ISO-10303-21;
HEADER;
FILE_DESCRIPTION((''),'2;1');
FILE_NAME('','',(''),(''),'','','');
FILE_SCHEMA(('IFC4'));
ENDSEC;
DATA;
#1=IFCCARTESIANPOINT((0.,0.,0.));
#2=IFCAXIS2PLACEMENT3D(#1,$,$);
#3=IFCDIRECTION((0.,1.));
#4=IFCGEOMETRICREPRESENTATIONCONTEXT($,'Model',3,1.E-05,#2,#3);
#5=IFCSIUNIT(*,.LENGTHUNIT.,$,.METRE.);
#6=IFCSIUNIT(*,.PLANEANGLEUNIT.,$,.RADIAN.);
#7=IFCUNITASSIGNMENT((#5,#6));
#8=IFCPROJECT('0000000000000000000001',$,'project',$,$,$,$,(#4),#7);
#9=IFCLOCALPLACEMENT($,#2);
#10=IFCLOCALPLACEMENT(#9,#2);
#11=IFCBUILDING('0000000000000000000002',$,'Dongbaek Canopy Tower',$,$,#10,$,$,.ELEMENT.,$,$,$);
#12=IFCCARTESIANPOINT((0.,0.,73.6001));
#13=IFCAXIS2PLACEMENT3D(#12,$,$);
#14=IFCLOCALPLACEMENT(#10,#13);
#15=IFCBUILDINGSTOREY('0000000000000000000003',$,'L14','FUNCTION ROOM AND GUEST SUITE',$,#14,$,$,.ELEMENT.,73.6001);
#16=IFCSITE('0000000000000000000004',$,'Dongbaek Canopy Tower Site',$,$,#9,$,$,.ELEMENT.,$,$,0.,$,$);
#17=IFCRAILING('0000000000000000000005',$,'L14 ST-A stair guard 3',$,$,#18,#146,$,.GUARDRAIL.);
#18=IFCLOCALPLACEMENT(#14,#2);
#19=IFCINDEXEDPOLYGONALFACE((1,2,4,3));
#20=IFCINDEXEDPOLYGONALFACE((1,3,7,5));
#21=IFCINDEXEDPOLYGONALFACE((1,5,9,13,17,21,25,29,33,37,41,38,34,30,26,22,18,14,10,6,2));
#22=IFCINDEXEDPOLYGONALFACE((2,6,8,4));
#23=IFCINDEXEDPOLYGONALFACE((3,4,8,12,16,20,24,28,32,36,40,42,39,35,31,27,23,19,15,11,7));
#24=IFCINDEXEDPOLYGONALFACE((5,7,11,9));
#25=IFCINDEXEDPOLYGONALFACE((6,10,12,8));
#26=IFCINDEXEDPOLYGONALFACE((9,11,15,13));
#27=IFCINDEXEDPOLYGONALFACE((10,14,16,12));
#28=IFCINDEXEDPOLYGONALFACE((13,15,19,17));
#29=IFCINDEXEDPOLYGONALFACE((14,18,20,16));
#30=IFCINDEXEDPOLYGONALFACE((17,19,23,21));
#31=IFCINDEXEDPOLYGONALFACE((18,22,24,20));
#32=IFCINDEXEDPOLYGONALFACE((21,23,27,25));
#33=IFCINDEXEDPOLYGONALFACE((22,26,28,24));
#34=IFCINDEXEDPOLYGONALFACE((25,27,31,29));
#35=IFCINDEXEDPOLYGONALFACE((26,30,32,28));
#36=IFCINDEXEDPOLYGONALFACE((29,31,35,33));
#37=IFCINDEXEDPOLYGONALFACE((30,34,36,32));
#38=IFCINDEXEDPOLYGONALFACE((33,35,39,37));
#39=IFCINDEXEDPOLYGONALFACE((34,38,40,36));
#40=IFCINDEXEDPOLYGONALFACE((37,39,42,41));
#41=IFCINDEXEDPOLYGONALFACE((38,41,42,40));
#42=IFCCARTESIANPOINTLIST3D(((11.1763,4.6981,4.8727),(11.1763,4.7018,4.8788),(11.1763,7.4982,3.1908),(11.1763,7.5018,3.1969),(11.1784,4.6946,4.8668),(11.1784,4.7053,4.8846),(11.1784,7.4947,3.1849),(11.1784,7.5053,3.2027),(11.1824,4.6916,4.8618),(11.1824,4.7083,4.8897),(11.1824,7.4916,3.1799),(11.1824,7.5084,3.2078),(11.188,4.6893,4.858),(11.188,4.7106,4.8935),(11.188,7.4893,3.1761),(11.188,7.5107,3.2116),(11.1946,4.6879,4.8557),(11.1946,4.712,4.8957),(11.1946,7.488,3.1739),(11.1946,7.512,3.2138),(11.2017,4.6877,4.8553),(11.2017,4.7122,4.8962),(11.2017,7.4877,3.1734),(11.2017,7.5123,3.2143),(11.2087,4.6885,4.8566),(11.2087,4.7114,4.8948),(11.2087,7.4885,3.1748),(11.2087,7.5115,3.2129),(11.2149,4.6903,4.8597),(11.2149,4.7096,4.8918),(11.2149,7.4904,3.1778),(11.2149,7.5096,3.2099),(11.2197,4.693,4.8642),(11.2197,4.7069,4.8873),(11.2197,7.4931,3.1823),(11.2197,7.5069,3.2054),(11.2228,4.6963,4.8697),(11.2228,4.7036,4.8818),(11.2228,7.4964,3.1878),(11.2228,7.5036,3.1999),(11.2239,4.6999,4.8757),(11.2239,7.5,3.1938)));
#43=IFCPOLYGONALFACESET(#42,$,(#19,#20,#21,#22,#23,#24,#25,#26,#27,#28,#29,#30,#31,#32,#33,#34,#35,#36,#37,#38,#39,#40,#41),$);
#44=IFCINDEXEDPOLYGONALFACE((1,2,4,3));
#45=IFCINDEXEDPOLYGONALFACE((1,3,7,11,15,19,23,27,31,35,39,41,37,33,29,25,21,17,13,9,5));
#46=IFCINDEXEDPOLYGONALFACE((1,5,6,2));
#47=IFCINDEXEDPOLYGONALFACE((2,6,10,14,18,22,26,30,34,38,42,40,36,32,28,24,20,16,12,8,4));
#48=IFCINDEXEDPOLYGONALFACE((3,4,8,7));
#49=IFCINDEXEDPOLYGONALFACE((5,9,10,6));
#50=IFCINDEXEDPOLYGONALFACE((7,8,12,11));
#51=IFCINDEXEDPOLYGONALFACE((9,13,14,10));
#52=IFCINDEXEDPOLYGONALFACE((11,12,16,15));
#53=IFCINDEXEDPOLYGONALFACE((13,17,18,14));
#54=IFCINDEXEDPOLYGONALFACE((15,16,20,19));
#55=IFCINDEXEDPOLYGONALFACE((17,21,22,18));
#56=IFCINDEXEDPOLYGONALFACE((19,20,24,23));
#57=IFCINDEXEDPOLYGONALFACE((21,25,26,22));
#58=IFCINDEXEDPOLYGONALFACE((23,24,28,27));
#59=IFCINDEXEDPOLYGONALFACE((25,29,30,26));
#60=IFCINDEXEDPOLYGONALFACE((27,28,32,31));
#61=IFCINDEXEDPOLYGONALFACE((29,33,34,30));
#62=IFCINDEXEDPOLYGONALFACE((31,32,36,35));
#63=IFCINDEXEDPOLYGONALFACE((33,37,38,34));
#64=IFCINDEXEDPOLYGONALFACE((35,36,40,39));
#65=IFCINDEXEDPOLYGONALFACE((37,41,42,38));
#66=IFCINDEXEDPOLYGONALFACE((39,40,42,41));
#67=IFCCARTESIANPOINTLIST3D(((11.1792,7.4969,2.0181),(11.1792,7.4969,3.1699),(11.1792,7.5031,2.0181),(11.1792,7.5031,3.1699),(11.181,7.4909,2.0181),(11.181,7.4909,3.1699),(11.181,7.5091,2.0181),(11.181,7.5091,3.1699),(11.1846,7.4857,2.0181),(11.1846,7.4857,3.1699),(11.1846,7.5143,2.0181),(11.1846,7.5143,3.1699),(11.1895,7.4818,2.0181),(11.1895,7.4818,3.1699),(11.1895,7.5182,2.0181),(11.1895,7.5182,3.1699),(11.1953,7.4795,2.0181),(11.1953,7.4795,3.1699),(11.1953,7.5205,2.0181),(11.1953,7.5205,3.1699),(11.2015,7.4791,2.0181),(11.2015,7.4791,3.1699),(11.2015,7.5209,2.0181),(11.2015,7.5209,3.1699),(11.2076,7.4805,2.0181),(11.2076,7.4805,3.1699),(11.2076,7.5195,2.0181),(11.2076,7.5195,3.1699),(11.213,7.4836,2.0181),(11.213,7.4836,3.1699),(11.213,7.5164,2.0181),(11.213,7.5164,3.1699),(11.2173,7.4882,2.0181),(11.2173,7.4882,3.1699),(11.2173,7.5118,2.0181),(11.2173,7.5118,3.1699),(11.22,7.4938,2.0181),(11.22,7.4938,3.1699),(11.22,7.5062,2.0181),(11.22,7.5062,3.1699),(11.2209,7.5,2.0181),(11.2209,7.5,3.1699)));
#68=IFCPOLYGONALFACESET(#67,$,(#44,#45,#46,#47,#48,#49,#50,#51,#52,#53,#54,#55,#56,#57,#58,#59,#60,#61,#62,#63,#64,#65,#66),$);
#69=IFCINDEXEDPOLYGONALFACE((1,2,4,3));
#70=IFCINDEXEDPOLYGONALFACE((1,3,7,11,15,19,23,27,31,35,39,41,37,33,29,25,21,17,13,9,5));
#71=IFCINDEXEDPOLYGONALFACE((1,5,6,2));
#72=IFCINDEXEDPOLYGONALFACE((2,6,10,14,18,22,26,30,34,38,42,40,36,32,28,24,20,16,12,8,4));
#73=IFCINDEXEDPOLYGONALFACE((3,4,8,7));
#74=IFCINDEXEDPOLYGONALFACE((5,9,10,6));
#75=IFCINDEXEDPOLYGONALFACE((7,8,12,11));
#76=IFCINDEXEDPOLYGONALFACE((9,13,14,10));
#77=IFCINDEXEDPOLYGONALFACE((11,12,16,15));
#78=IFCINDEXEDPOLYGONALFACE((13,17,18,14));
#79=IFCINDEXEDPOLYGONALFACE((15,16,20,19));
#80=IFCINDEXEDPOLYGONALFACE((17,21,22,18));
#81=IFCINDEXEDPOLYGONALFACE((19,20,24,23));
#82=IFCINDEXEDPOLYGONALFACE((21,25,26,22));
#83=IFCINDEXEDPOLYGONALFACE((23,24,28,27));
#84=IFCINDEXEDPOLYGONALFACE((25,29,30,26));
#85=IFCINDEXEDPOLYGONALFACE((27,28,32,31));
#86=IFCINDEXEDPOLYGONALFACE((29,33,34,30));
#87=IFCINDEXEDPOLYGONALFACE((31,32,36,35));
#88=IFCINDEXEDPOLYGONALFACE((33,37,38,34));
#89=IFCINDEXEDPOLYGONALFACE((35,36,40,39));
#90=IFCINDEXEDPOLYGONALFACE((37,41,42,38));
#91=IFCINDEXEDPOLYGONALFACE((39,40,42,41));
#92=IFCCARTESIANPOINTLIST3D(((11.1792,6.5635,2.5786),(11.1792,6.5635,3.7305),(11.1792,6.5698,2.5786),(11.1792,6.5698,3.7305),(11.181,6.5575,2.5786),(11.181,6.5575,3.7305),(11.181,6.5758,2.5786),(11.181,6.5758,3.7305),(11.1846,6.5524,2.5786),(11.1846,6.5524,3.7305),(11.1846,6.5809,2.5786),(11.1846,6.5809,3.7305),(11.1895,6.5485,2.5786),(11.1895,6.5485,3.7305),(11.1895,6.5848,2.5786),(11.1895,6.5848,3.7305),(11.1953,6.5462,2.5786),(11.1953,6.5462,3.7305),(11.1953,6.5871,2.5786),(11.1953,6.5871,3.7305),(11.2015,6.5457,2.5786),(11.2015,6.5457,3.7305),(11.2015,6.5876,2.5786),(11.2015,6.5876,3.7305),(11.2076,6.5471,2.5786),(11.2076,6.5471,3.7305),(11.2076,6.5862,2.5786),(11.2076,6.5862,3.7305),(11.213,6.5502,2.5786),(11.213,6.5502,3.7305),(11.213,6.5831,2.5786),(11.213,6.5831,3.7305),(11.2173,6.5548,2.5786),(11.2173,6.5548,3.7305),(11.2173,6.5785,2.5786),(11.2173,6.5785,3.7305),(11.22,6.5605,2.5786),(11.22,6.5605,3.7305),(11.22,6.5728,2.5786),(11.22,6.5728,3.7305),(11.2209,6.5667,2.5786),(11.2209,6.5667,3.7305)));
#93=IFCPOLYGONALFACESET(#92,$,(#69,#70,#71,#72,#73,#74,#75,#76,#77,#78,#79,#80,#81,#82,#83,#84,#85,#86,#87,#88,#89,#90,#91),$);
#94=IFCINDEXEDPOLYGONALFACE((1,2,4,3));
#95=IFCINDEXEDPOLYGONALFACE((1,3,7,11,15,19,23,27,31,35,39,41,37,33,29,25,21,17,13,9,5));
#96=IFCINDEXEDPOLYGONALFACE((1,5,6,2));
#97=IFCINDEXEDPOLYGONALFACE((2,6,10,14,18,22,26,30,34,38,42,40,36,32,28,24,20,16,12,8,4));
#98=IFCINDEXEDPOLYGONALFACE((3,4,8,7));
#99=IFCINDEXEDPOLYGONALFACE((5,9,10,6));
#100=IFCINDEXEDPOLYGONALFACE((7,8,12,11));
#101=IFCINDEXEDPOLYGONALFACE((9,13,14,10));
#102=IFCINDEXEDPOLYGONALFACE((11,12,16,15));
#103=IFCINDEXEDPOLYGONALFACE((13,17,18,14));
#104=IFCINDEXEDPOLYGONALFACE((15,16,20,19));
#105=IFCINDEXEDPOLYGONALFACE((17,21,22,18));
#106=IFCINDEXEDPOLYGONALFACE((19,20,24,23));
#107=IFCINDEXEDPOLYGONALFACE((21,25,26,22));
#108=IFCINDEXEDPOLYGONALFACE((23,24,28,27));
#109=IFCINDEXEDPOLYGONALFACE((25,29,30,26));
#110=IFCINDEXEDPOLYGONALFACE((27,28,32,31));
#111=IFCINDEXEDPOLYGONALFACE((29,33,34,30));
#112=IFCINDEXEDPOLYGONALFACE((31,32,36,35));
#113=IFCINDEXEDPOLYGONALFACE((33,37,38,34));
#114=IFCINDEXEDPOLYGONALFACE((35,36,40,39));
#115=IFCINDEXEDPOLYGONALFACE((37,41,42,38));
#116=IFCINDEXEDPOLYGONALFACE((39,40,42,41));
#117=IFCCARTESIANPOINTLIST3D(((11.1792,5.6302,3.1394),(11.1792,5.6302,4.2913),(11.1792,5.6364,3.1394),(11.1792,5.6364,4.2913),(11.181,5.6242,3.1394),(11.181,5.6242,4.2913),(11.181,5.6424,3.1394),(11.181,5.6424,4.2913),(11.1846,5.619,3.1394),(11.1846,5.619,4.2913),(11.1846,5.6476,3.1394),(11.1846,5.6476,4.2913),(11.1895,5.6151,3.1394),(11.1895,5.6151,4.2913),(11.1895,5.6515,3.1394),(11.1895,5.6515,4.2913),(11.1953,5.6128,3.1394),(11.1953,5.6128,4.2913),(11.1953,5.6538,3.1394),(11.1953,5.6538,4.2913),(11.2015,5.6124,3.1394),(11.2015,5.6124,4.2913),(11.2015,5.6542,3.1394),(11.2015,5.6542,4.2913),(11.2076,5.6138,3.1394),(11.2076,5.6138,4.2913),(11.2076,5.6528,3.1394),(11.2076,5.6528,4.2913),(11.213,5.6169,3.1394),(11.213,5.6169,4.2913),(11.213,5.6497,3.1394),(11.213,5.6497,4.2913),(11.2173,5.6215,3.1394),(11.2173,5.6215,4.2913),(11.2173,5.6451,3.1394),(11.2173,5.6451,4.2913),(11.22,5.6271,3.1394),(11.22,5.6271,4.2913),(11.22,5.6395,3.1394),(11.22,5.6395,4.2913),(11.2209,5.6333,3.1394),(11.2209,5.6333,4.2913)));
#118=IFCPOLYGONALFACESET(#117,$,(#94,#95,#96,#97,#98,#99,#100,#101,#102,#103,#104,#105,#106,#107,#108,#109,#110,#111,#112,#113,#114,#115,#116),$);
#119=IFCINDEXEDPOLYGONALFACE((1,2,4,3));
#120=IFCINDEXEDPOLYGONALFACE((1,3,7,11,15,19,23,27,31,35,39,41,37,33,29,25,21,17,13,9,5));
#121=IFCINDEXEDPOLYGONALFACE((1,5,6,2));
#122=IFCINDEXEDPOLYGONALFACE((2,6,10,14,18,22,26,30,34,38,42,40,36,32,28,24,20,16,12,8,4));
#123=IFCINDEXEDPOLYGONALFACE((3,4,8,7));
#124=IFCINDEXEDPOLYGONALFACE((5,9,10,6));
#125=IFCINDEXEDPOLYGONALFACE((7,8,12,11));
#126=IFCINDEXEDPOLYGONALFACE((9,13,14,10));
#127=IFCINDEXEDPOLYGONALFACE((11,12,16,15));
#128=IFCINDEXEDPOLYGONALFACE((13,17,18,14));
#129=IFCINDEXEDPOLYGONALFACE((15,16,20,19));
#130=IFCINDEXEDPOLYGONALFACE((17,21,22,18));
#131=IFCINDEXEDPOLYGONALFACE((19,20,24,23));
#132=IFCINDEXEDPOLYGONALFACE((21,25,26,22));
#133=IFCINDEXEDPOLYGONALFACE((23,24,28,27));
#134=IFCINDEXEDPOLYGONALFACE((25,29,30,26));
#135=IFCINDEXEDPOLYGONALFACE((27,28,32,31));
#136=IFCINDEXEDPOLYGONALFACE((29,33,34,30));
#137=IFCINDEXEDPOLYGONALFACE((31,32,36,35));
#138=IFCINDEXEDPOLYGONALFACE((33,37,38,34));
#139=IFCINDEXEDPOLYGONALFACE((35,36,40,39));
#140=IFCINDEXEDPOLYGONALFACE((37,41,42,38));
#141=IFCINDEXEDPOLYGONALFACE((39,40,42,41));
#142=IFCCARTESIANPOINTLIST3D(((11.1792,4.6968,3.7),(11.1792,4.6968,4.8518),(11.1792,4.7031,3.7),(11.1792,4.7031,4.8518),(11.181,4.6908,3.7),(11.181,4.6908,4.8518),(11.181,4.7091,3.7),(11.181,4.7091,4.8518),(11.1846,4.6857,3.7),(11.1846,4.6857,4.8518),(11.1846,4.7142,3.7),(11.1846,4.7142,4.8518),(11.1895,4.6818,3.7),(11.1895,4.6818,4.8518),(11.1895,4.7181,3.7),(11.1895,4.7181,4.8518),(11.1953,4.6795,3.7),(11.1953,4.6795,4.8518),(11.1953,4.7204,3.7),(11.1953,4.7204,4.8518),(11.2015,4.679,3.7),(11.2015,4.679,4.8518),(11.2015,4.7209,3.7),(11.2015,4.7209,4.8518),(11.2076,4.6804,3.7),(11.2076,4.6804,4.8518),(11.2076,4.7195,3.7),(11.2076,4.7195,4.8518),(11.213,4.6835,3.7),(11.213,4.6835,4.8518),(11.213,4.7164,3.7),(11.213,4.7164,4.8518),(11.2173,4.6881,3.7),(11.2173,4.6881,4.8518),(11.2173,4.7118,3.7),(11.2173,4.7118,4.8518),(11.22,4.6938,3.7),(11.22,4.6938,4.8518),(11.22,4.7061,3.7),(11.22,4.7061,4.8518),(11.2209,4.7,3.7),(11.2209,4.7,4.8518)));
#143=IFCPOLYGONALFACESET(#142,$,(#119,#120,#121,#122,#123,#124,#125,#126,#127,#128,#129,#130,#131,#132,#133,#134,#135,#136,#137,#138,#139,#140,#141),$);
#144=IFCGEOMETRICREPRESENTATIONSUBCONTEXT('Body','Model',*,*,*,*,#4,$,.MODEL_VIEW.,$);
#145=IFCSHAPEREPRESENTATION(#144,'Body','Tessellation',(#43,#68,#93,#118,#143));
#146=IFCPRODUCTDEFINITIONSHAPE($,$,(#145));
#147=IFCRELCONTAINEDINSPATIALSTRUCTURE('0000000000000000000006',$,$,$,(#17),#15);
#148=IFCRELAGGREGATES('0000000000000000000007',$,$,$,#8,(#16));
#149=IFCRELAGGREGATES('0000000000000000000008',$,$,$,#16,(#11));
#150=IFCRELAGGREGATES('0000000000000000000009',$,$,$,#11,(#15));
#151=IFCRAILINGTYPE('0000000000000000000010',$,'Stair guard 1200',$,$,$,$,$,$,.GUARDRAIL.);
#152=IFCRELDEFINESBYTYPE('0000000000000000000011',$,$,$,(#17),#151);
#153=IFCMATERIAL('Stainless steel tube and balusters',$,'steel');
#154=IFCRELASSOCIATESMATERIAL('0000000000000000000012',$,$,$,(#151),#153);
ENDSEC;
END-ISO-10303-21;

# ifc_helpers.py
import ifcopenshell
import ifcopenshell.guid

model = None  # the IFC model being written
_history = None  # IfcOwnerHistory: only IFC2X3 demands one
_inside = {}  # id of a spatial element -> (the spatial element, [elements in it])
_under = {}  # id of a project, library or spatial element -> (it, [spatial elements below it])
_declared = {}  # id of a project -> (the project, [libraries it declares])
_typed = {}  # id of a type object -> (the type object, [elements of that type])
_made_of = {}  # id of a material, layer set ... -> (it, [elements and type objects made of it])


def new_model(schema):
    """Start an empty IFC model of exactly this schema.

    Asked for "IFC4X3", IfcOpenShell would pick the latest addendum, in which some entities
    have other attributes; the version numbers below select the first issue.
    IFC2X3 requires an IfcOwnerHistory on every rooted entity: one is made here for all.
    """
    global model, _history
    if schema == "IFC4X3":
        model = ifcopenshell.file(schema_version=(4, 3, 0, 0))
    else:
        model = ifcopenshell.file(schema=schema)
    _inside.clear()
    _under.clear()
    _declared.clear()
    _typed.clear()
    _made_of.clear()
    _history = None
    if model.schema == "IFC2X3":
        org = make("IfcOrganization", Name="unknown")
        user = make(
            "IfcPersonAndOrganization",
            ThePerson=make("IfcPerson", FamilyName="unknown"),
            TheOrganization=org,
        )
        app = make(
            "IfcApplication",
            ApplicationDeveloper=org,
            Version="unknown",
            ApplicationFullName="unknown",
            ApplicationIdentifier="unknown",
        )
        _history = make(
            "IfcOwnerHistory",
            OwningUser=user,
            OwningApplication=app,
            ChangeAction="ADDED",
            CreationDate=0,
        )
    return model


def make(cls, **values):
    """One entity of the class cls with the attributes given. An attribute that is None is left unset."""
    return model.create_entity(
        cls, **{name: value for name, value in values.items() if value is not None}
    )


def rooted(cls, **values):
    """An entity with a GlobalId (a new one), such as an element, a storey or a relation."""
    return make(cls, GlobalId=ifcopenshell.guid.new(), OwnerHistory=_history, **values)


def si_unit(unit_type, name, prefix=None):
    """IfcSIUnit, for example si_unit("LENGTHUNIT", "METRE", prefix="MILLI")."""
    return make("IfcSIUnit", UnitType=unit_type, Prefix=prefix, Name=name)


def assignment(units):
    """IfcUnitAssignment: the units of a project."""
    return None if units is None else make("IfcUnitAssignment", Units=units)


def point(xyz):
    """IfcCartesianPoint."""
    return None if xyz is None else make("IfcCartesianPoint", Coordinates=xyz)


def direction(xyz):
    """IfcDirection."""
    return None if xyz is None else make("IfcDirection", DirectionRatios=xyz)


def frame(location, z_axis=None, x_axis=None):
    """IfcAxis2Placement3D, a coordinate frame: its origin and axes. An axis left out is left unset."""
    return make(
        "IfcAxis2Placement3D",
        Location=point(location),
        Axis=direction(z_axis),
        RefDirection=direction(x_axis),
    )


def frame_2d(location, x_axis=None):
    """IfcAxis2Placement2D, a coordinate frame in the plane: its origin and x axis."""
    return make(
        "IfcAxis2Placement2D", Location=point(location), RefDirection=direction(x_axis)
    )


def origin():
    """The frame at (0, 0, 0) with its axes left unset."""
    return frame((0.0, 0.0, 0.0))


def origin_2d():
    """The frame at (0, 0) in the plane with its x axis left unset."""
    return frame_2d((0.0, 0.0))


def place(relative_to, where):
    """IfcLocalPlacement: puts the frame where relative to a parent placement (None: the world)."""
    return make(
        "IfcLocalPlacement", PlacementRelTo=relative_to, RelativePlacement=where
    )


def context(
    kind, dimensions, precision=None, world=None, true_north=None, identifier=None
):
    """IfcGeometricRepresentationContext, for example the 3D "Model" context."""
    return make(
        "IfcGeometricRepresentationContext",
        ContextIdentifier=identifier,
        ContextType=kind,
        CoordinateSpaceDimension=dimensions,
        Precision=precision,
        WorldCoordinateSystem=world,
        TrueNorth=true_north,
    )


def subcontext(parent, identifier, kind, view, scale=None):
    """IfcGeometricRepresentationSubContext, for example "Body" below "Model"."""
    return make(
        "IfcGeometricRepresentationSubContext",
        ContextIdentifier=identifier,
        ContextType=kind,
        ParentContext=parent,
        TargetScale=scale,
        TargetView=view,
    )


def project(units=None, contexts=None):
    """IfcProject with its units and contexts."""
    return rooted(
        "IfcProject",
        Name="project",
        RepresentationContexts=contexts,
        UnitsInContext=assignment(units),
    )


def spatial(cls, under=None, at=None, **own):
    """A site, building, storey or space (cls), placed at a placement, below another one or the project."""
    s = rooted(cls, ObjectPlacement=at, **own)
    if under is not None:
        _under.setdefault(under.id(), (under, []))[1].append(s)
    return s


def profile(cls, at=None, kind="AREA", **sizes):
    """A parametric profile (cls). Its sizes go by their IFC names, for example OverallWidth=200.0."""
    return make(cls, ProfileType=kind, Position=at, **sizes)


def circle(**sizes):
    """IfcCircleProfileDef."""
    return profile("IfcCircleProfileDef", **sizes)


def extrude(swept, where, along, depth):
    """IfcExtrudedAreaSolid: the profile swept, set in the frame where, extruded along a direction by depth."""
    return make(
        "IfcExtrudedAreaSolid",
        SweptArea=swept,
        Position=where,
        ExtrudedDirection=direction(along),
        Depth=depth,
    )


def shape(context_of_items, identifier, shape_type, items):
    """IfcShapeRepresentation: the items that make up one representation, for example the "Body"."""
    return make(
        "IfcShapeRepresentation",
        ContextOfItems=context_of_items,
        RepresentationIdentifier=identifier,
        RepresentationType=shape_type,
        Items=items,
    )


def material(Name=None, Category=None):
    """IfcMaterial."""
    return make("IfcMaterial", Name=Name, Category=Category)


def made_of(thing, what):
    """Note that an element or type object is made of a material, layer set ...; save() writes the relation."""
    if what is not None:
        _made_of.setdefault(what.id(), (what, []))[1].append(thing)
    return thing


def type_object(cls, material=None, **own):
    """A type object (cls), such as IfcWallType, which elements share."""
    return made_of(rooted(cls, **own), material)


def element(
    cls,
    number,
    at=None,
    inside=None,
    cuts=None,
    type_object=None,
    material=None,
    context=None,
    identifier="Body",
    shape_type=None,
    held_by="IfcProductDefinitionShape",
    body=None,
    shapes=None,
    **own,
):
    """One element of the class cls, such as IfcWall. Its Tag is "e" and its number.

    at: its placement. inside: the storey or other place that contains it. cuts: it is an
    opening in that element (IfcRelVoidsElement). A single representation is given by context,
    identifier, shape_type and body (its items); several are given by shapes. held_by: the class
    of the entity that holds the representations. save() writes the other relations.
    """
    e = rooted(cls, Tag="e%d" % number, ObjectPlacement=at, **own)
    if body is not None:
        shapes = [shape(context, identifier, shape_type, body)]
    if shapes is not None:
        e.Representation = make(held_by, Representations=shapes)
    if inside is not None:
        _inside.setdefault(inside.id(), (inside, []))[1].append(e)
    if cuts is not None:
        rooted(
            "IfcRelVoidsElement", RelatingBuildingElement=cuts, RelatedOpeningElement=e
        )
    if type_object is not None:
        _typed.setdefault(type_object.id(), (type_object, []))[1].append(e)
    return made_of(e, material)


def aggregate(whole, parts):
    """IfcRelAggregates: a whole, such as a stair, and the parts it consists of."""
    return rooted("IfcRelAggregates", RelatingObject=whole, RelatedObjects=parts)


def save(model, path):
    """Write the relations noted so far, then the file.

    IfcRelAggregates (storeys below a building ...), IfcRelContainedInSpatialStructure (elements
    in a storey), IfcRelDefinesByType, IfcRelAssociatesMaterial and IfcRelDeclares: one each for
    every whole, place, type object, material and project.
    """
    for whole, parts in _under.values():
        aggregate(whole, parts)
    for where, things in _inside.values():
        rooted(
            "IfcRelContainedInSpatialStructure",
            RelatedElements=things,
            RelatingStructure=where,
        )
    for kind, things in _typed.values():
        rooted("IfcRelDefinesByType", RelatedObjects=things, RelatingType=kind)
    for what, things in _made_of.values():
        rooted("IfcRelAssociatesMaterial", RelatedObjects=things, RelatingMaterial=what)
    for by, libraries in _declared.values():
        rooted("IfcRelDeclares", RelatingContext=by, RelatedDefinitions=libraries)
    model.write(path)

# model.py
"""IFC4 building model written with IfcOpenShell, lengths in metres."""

from ifc_helpers import new_model, si_unit, direction, frame, origin, origin_2d, place, context, subcontext, project, spatial, circle, extrude, material, type_object, element, save


model = new_model("IFC4")

# Units and contexts
model_context = context("Model", 3, precision=1e-05, world=origin(), true_north=direction((0.0, 1.0)))
body_context = subcontext(model_context, "Body", "Model", "MODEL_VIEW")
ifc_project = project(units=[si_unit("LENGTHUNIT", "METRE"), si_unit("PLANEANGLEUNIT", "RADIAN")], contexts=[model_context])

# Site, building, storey
site_placement = place(None, origin())
site = spatial("IfcSite", under=ifc_project, at=site_placement, Name="Dongbaek Canopy Tower Site", CompositionType="ELEMENT", RefElevation=0.0)
building_placement = place(site_placement, origin())
building = spatial("IfcBuilding", under=site, at=building_placement, Name="Dongbaek Canopy Tower", CompositionType="ELEMENT")
storey_placement = place(building_placement, frame((0.0, 0.0, 73.6001)))
storey = spatial("IfcBuildingStorey", under=building, at=storey_placement, Name="L14", Description="FUNCTION ROOM AND GUEST SUITE", CompositionType="ELEMENT", Elevation=73.6001)

# Railing
ifc_material_1 = material(Name="Stainless steel tube and balusters", Category="steel")
railing_type_1 = type_object("IfcRailingType", Name="Stair guard 1200", PredefinedType="GUARDRAIL", material=ifc_material_1)
railing_1_placement = place(storey_placement, frame((11.2, 7.5, 2.0181)))
element("IfcRailing", 1, at=railing_1_placement, inside=storey, type_object=railing_type_1, Name="L14 ST-A stair guard 3", PredefinedType="GUARDRAIL", context=body_context, shape_type="SweptSolid", body=[
    extrude(circle(Radius=0.0239, at=origin_2d()), frame((0.0, 0.0, 1.1758), z_axis=(0.0, -0.857242, 0.514913), x_axis=(1.0, 0.0, 0.0)), (0.0, 0.0, 1.0), 3.2664),
    extrude(circle(Radius=0.021, at=origin_2d()), origin(), (0.0, 0.0, 1.0), 1.1519),
    extrude(circle(Radius=0.021, at=origin_2d()), frame((0.0, -0.9333, 0.5605)), (0.0, 0.0, 1.0), 1.1519),
    extrude(circle(Radius=0.021, at=origin_2d()), frame((0.0, -1.8667, 1.1213)), (0.0, 0.0, 1.0), 1.1519),
    extrude(circle(Radius=0.021, at=origin_2d()), frame((0.0, -2.8, 1.6819)), (0.0, 0.0, 1.0), 1.1519),
])

save(model, "model.ifc")
